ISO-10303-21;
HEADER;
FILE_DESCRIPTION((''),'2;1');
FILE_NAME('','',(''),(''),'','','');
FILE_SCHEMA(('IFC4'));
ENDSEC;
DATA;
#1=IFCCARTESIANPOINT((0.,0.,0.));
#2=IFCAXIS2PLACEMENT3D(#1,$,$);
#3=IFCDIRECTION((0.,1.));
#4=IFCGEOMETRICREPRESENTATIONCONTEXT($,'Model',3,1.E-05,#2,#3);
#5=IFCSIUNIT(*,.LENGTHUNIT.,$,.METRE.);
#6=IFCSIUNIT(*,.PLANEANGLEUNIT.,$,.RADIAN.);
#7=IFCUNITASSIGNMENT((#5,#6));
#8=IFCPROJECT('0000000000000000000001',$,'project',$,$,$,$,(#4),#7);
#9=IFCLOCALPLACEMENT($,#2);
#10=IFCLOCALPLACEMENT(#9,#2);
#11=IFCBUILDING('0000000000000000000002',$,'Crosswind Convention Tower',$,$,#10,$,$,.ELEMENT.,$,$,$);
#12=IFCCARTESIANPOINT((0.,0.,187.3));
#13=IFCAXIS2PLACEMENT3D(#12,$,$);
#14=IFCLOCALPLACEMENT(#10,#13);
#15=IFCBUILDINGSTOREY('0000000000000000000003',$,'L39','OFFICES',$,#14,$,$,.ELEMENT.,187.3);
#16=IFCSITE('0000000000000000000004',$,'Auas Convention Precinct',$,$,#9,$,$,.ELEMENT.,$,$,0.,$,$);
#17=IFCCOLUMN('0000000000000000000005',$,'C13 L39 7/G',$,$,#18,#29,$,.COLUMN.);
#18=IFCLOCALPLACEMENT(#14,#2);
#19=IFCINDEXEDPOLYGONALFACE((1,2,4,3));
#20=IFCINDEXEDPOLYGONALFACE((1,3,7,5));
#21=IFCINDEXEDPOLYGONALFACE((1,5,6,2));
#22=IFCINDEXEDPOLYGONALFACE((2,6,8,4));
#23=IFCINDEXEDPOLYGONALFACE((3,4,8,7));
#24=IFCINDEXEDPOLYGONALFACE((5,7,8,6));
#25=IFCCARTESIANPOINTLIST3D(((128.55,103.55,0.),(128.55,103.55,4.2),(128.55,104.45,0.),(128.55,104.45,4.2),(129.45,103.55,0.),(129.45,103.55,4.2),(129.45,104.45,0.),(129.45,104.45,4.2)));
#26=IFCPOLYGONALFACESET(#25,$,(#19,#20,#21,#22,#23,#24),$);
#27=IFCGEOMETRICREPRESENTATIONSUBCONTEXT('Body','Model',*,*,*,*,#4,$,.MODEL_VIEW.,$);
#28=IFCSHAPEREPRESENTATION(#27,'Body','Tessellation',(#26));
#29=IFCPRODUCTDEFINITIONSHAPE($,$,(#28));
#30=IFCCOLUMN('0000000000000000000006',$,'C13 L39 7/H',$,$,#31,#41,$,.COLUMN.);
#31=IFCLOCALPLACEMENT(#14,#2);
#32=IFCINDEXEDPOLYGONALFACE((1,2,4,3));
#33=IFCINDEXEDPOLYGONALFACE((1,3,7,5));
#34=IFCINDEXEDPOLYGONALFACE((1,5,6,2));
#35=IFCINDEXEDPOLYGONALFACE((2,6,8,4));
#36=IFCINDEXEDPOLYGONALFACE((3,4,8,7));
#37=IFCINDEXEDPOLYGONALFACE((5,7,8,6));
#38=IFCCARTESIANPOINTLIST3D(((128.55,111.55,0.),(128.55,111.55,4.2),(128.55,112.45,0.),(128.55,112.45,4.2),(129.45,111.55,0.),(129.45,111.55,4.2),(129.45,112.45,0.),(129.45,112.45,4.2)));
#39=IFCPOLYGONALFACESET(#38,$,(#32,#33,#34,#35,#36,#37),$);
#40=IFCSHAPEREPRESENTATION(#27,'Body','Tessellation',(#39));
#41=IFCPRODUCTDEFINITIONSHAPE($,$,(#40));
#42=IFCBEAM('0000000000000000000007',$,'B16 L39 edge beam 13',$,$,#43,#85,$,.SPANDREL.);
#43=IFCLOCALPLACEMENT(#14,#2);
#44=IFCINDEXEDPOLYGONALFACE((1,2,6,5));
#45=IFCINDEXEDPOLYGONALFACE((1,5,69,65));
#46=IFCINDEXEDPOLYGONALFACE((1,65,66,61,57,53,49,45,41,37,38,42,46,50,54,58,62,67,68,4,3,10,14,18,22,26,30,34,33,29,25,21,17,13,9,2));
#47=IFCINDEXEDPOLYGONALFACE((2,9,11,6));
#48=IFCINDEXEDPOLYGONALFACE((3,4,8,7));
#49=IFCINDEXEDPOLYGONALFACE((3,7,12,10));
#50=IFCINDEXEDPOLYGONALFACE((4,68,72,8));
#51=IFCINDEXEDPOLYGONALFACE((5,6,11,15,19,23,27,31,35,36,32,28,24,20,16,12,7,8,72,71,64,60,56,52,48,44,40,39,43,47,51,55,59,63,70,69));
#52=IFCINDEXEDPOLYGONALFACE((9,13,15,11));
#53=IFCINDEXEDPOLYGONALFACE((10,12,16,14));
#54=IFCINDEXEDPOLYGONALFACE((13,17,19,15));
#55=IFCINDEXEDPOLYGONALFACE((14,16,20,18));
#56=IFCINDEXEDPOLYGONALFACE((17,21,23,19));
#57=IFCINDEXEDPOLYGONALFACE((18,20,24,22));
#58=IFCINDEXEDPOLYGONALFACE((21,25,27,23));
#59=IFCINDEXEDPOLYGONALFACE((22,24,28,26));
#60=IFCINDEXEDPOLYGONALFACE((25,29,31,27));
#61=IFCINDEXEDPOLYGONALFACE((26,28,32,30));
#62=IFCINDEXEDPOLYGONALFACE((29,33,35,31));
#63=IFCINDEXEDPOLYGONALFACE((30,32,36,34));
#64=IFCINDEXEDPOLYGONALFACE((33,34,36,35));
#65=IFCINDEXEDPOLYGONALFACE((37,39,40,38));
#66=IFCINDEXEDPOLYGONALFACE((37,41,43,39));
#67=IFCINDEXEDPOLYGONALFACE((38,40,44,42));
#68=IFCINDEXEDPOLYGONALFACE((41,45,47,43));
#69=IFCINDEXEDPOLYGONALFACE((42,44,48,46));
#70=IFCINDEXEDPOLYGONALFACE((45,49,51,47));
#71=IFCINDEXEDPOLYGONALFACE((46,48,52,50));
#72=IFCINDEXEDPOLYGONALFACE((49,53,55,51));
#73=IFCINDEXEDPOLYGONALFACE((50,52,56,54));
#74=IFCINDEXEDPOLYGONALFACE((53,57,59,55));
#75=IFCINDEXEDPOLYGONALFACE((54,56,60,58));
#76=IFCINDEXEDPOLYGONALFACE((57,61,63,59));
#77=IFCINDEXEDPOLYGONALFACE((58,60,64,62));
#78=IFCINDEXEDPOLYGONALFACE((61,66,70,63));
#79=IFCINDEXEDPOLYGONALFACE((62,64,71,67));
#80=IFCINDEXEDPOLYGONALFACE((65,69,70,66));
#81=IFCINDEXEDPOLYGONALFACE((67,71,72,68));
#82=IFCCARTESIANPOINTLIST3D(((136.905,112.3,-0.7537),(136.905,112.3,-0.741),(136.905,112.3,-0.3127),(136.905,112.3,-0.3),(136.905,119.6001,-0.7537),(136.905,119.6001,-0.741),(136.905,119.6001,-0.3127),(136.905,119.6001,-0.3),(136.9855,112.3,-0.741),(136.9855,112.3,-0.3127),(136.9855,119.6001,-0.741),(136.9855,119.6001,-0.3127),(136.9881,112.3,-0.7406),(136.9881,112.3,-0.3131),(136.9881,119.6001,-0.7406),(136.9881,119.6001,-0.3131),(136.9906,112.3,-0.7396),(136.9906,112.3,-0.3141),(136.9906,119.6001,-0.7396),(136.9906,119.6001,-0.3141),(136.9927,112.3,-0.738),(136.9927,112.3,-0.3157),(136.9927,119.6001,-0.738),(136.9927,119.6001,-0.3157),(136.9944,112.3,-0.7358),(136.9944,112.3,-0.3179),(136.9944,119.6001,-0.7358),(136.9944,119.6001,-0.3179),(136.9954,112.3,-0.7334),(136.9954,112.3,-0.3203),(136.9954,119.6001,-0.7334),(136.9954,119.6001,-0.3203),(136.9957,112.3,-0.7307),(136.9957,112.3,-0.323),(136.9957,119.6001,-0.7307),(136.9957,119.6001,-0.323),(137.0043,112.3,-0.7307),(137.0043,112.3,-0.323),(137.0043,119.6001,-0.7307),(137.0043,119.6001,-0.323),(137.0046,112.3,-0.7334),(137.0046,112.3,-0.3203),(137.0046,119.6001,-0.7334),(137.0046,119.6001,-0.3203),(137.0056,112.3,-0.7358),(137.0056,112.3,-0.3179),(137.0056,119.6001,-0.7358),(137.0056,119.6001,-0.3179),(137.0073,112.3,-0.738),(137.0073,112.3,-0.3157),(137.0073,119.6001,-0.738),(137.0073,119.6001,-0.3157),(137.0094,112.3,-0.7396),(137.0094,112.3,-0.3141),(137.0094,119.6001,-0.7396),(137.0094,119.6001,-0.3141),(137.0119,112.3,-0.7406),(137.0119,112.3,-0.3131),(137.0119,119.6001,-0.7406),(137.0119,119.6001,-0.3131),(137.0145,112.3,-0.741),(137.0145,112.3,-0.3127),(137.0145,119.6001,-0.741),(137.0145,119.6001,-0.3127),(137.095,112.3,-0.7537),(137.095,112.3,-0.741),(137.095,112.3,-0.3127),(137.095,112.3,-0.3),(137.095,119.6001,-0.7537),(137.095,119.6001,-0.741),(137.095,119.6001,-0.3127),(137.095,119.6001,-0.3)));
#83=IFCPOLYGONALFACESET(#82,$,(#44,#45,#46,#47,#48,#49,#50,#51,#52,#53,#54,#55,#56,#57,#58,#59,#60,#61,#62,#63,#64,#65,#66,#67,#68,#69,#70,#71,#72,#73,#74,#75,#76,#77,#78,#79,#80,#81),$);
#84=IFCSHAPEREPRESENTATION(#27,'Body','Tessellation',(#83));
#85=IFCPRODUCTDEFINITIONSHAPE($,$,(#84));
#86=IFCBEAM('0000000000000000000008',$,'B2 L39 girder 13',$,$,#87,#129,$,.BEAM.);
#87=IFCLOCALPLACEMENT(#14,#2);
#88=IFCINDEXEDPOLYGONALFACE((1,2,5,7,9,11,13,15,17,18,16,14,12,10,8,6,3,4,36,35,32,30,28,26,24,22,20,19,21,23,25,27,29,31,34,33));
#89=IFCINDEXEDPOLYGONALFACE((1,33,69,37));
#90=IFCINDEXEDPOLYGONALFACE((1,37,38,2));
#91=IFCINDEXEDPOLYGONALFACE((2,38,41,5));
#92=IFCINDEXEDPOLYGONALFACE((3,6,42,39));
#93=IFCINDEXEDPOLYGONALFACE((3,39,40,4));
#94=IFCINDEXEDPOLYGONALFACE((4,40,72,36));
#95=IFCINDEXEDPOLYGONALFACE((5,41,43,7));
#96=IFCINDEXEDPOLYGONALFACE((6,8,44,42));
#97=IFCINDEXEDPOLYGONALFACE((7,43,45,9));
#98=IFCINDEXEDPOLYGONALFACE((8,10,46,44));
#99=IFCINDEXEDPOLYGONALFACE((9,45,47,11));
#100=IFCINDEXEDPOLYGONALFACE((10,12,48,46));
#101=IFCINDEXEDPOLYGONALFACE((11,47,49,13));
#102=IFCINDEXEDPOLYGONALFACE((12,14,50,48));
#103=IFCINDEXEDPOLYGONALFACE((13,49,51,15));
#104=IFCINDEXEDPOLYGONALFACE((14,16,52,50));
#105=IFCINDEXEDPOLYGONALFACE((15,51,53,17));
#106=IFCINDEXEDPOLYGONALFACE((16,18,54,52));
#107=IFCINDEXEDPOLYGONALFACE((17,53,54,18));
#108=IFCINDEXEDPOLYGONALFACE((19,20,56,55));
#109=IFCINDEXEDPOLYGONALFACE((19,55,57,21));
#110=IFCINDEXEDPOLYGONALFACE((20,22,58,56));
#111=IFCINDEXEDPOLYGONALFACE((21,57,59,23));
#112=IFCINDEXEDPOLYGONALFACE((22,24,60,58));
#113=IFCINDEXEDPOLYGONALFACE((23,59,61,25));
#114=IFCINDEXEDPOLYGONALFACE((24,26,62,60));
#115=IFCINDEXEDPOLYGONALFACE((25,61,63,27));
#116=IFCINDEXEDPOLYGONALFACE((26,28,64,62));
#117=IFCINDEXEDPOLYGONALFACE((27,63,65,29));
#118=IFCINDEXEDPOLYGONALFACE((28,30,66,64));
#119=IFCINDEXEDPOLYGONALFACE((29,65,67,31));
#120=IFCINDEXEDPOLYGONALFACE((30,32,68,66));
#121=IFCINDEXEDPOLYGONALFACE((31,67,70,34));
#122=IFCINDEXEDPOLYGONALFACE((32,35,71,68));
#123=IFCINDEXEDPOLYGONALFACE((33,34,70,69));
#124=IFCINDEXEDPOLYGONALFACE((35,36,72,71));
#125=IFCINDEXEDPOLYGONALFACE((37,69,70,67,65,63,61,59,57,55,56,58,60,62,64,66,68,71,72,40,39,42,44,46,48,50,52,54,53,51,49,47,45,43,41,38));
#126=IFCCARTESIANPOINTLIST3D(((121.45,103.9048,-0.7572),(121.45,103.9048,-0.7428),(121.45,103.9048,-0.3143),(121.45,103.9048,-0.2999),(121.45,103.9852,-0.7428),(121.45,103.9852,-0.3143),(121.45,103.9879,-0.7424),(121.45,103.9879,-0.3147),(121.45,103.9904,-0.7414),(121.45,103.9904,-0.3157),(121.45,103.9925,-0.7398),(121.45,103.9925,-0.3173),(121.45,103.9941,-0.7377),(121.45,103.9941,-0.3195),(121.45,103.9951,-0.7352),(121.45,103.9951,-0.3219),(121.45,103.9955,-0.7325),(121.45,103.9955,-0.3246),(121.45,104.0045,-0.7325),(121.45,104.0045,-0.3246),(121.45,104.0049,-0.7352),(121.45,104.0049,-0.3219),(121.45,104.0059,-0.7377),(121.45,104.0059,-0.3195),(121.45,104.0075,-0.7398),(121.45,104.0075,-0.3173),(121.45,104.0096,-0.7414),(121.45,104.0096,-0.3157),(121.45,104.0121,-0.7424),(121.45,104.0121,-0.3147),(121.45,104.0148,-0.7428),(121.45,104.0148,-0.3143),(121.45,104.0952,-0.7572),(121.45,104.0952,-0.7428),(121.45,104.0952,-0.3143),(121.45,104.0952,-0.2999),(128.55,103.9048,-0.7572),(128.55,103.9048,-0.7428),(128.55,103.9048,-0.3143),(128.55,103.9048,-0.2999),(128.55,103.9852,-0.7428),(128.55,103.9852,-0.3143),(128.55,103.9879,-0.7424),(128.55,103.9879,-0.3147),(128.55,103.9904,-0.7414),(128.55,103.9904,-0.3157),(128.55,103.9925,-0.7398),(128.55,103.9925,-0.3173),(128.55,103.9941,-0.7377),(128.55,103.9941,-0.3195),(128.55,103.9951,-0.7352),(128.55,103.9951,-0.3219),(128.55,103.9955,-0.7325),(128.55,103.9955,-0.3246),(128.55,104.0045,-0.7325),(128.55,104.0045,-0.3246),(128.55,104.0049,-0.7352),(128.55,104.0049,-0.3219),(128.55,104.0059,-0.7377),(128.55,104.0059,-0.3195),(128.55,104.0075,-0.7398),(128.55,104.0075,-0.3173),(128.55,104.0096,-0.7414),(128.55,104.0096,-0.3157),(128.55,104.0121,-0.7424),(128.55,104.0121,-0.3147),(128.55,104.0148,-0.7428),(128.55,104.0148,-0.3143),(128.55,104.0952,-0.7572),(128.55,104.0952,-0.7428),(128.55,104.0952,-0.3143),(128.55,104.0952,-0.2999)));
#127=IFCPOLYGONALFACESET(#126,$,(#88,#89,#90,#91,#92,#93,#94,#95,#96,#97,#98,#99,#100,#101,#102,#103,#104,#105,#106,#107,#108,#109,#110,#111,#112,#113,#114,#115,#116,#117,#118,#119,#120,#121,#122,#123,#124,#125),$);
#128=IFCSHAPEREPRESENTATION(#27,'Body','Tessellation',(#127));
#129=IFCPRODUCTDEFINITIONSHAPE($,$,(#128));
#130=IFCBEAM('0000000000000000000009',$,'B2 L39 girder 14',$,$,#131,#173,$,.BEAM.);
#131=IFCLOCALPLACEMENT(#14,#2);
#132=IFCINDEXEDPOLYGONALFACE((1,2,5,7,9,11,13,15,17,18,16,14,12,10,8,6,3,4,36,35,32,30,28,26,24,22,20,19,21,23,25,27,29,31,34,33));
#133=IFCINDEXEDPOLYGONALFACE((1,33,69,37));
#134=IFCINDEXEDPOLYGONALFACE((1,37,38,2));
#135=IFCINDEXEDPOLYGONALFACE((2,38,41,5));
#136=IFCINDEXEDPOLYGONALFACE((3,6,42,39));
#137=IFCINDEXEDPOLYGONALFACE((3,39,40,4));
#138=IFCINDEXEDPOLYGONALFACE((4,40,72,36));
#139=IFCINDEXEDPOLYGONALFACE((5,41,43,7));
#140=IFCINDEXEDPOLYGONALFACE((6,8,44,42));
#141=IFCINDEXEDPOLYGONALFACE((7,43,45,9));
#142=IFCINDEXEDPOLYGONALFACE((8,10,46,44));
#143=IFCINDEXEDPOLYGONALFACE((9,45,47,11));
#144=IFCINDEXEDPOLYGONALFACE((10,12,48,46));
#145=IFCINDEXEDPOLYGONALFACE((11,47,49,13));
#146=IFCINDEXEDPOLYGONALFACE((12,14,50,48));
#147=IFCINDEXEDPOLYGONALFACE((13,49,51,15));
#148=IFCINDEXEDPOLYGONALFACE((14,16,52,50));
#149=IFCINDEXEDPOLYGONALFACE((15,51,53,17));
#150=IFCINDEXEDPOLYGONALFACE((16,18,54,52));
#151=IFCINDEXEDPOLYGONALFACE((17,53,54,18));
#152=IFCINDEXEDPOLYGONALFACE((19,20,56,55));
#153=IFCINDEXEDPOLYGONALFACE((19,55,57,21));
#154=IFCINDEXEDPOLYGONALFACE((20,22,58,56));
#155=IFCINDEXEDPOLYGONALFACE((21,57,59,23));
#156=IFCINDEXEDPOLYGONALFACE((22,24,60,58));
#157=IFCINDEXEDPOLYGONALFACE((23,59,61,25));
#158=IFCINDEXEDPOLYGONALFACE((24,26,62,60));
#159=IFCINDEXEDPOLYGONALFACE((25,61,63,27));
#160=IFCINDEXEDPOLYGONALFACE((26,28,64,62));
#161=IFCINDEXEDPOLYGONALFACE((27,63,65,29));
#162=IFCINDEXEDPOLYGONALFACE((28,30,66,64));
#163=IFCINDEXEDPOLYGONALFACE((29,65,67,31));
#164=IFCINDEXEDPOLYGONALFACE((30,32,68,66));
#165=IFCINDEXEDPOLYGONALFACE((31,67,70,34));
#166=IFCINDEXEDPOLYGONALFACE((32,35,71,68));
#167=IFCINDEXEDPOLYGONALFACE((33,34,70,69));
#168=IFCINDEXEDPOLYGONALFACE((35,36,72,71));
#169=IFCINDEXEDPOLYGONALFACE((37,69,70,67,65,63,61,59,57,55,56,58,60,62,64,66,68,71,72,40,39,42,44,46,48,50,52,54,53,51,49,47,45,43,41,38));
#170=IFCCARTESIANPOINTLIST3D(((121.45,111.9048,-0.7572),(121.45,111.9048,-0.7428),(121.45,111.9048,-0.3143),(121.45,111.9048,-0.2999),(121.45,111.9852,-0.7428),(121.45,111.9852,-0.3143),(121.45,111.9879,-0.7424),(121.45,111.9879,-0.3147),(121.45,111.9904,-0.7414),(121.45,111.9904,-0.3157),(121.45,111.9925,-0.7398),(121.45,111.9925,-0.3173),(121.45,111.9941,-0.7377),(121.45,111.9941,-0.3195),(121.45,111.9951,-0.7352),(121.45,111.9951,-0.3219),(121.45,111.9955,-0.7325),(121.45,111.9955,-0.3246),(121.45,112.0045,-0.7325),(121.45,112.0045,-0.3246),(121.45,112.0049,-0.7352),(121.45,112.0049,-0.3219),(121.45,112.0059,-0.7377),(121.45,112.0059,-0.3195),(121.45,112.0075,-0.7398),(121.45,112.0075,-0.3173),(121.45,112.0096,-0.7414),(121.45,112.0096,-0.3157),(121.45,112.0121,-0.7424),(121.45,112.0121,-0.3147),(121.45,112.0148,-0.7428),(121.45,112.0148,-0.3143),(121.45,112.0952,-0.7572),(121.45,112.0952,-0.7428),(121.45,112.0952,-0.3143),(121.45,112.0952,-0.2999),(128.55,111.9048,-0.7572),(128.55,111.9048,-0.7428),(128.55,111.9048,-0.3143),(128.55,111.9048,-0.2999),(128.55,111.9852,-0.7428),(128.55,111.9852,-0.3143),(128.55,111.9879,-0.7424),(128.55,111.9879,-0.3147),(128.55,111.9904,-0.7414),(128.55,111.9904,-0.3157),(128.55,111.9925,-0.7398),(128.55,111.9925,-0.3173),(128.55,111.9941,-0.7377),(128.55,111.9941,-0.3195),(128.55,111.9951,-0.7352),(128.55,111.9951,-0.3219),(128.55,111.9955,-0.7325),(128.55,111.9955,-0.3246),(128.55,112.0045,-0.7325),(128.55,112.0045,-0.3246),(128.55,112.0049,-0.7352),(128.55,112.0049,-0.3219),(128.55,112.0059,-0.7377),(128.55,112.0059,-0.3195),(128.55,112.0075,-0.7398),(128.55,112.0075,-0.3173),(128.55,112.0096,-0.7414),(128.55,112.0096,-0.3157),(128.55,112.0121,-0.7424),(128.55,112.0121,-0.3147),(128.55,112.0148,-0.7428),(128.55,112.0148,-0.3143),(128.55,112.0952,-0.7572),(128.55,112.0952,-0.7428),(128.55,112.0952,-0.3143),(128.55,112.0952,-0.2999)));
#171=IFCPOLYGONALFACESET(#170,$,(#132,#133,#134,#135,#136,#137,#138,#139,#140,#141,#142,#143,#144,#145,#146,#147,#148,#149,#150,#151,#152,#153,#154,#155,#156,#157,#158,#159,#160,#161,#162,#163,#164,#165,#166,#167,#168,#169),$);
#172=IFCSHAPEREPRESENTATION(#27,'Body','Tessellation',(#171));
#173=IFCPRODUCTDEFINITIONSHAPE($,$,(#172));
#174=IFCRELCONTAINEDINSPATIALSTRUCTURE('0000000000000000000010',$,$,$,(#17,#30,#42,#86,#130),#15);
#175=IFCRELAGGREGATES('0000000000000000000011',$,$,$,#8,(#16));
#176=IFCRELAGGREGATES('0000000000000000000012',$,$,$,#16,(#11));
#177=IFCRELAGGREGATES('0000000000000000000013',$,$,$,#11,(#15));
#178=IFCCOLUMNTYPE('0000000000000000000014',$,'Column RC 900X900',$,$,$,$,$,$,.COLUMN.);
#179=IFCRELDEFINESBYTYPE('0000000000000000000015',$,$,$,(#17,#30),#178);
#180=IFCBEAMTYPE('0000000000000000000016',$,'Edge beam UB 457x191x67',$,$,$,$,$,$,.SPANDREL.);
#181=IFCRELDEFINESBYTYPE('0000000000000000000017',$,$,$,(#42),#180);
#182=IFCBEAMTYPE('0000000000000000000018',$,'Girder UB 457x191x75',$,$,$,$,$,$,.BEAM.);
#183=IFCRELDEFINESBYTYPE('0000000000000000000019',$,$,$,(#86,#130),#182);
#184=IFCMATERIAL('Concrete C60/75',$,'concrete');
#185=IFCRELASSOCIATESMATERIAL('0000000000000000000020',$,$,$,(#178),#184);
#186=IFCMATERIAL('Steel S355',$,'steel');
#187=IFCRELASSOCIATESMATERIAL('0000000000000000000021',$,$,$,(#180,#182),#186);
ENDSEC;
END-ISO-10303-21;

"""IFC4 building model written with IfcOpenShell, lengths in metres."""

from ifc_helpers import new_model, si_unit, direction, frame, origin, origin_2d, place, context, subcontext, project, spatial, rectangle, i_section, extrude, material, material_profile, profile_set, type_object, element, save


model = new_model("IFC4")

# Units and contexts
model_context = context("Model", 3, precision=1e-05, world=origin(), true_north=direction((0.0, 1.0)))
body_context = subcontext(model_context, "Body", "Model", "MODEL_VIEW")
ifc_project = project(units=[si_unit("LENGTHUNIT", "METRE"), si_unit("PLANEANGLEUNIT", "RADIAN")], contexts=[model_context])

# Site, building, storey
site_placement = place(None, origin())
site = spatial("IfcSite", under=ifc_project, at=site_placement, Name="Auas Convention Precinct", CompositionType="ELEMENT", RefElevation=0.0)
building_placement = place(site_placement, origin())
building = spatial("IfcBuilding", under=site, at=building_placement, Name="Crosswind Convention Tower", CompositionType="ELEMENT")
storey_placement = place(building_placement, frame((0.0, 0.0, 187.3)))
storey = spatial("IfcBuildingStorey", under=building, at=storey_placement, Name="L39", Description="OFFICES", CompositionType="ELEMENT", Elevation=187.3)

# Columns
ifc_material_1 = material(Name="Concrete C60/75", Category="concrete")
ifc_material_profile_1 = material_profile(ifc_material_1, rectangle(XDim=0.8999, YDim=0.8999, at=origin_2d()), Name="RC 900X900")
ifc_profile_set_1 = profile_set([ifc_material_profile_1], Name="Concrete C60/75")
column_type = type_object("IfcColumnType", Name="Column RC 900X900", PredefinedType="COLUMN", material=ifc_profile_set_1)
for number, where, z_axis, x_axis, name in (
    (1, (129.0, 104.0, 0.0), (0.0, 0.0, 1.0), (1.0, 0.0, 0.0), "C13 L39 7/G"),
    (2, (129.0, 112.0, 0.0), (0.0, 0.0, 1.0), (1.0, 0.0, 0.0), "C13 L39 7/H"),
):
    element("IfcColumn", number, at=place(storey_placement, frame(where, z_axis=z_axis, x_axis=x_axis)), inside=storey, type_object=column_type, Name=name, PredefinedType="COLUMN", context=body_context, shape_type="SweptSolid", body=[
        extrude(rectangle(XDim=0.8999, YDim=0.8999, at=origin_2d()), origin(), (0.0, 0.0, 1.0), 4.2),
    ])

# Beams
ifc_material_2 = material(Name="Steel S355", Category="steel")
ifc_material_profile_2 = material_profile(ifc_material_2, i_section(OverallWidth=0.1899, OverallDepth=0.4536, WebThickness=0.0085, FlangeThickness=0.0127, FilletRadius=0.0103, at=origin_2d()), Name="UB 457x191x67")
ifc_profile_set_2 = profile_set([ifc_material_profile_2], Name="Steel S355")
beam_type_1 = type_object("IfcBeamType", Name="Edge beam UB 457x191x67", PredefinedType="SPANDREL", material=ifc_profile_set_2)
beam_placement = place(storey_placement, frame((137.0, 112.3, -0.5269), z_axis=(0.0, 1.0, 0.0), x_axis=(-1.0, 0.0, 0.0)))
element("IfcBeam", 3, at=beam_placement, inside=storey, type_object=beam_type_1, Name="B16 L39 edge beam 13", PredefinedType="SPANDREL", context=body_context, shape_type="SweptSolid", body=[
    extrude(i_section(OverallWidth=0.1899, OverallDepth=0.4536, WebThickness=0.0085, FlangeThickness=0.0127, FilletRadius=0.0103, at=origin_2d()), origin(), (0.0, 0.0, 1.0), 7.3),
])
ifc_material_profile_3 = material_profile(ifc_material_2, i_section(OverallWidth=0.1904, OverallDepth=0.4573, WebThickness=0.009, FlangeThickness=0.0144, FilletRadius=0.0103, at=origin_2d()), Name="UB 457x191x75")
ifc_profile_set_3 = profile_set([ifc_material_profile_3], Name="Steel S355")
beam_type_2 = type_object("IfcBeamType", Name="Girder UB 457x191x75", PredefinedType="BEAM", material=ifc_profile_set_3)
for number, where, z_axis, x_axis, name in (
    (4, (121.45, 104.0, -0.5286), (1.0, 0.0, 0.0), (0.0, 1.0, 0.0), "B2 L39 girder 13"),
    (5, (121.45, 112.0, -0.5286), (1.0, 0.0, 0.0), (0.0, 1.0, 0.0), "B2 L39 girder 14"),
):
    element("IfcBeam", number, at=place(storey_placement, frame(where, z_axis=z_axis, x_axis=x_axis)), inside=storey, type_object=beam_type_2, Name=name, PredefinedType="BEAM", context=body_context, shape_type="SweptSolid", body=[
        extrude(i_section(OverallWidth=0.1904, OverallDepth=0.4573, WebThickness=0.009, FlangeThickness=0.0144, FilletRadius=0.0103, at=origin_2d()), origin(), (0.0, 0.0, 1.0), 7.1001),
    ])

save(model, "model.ifc")
